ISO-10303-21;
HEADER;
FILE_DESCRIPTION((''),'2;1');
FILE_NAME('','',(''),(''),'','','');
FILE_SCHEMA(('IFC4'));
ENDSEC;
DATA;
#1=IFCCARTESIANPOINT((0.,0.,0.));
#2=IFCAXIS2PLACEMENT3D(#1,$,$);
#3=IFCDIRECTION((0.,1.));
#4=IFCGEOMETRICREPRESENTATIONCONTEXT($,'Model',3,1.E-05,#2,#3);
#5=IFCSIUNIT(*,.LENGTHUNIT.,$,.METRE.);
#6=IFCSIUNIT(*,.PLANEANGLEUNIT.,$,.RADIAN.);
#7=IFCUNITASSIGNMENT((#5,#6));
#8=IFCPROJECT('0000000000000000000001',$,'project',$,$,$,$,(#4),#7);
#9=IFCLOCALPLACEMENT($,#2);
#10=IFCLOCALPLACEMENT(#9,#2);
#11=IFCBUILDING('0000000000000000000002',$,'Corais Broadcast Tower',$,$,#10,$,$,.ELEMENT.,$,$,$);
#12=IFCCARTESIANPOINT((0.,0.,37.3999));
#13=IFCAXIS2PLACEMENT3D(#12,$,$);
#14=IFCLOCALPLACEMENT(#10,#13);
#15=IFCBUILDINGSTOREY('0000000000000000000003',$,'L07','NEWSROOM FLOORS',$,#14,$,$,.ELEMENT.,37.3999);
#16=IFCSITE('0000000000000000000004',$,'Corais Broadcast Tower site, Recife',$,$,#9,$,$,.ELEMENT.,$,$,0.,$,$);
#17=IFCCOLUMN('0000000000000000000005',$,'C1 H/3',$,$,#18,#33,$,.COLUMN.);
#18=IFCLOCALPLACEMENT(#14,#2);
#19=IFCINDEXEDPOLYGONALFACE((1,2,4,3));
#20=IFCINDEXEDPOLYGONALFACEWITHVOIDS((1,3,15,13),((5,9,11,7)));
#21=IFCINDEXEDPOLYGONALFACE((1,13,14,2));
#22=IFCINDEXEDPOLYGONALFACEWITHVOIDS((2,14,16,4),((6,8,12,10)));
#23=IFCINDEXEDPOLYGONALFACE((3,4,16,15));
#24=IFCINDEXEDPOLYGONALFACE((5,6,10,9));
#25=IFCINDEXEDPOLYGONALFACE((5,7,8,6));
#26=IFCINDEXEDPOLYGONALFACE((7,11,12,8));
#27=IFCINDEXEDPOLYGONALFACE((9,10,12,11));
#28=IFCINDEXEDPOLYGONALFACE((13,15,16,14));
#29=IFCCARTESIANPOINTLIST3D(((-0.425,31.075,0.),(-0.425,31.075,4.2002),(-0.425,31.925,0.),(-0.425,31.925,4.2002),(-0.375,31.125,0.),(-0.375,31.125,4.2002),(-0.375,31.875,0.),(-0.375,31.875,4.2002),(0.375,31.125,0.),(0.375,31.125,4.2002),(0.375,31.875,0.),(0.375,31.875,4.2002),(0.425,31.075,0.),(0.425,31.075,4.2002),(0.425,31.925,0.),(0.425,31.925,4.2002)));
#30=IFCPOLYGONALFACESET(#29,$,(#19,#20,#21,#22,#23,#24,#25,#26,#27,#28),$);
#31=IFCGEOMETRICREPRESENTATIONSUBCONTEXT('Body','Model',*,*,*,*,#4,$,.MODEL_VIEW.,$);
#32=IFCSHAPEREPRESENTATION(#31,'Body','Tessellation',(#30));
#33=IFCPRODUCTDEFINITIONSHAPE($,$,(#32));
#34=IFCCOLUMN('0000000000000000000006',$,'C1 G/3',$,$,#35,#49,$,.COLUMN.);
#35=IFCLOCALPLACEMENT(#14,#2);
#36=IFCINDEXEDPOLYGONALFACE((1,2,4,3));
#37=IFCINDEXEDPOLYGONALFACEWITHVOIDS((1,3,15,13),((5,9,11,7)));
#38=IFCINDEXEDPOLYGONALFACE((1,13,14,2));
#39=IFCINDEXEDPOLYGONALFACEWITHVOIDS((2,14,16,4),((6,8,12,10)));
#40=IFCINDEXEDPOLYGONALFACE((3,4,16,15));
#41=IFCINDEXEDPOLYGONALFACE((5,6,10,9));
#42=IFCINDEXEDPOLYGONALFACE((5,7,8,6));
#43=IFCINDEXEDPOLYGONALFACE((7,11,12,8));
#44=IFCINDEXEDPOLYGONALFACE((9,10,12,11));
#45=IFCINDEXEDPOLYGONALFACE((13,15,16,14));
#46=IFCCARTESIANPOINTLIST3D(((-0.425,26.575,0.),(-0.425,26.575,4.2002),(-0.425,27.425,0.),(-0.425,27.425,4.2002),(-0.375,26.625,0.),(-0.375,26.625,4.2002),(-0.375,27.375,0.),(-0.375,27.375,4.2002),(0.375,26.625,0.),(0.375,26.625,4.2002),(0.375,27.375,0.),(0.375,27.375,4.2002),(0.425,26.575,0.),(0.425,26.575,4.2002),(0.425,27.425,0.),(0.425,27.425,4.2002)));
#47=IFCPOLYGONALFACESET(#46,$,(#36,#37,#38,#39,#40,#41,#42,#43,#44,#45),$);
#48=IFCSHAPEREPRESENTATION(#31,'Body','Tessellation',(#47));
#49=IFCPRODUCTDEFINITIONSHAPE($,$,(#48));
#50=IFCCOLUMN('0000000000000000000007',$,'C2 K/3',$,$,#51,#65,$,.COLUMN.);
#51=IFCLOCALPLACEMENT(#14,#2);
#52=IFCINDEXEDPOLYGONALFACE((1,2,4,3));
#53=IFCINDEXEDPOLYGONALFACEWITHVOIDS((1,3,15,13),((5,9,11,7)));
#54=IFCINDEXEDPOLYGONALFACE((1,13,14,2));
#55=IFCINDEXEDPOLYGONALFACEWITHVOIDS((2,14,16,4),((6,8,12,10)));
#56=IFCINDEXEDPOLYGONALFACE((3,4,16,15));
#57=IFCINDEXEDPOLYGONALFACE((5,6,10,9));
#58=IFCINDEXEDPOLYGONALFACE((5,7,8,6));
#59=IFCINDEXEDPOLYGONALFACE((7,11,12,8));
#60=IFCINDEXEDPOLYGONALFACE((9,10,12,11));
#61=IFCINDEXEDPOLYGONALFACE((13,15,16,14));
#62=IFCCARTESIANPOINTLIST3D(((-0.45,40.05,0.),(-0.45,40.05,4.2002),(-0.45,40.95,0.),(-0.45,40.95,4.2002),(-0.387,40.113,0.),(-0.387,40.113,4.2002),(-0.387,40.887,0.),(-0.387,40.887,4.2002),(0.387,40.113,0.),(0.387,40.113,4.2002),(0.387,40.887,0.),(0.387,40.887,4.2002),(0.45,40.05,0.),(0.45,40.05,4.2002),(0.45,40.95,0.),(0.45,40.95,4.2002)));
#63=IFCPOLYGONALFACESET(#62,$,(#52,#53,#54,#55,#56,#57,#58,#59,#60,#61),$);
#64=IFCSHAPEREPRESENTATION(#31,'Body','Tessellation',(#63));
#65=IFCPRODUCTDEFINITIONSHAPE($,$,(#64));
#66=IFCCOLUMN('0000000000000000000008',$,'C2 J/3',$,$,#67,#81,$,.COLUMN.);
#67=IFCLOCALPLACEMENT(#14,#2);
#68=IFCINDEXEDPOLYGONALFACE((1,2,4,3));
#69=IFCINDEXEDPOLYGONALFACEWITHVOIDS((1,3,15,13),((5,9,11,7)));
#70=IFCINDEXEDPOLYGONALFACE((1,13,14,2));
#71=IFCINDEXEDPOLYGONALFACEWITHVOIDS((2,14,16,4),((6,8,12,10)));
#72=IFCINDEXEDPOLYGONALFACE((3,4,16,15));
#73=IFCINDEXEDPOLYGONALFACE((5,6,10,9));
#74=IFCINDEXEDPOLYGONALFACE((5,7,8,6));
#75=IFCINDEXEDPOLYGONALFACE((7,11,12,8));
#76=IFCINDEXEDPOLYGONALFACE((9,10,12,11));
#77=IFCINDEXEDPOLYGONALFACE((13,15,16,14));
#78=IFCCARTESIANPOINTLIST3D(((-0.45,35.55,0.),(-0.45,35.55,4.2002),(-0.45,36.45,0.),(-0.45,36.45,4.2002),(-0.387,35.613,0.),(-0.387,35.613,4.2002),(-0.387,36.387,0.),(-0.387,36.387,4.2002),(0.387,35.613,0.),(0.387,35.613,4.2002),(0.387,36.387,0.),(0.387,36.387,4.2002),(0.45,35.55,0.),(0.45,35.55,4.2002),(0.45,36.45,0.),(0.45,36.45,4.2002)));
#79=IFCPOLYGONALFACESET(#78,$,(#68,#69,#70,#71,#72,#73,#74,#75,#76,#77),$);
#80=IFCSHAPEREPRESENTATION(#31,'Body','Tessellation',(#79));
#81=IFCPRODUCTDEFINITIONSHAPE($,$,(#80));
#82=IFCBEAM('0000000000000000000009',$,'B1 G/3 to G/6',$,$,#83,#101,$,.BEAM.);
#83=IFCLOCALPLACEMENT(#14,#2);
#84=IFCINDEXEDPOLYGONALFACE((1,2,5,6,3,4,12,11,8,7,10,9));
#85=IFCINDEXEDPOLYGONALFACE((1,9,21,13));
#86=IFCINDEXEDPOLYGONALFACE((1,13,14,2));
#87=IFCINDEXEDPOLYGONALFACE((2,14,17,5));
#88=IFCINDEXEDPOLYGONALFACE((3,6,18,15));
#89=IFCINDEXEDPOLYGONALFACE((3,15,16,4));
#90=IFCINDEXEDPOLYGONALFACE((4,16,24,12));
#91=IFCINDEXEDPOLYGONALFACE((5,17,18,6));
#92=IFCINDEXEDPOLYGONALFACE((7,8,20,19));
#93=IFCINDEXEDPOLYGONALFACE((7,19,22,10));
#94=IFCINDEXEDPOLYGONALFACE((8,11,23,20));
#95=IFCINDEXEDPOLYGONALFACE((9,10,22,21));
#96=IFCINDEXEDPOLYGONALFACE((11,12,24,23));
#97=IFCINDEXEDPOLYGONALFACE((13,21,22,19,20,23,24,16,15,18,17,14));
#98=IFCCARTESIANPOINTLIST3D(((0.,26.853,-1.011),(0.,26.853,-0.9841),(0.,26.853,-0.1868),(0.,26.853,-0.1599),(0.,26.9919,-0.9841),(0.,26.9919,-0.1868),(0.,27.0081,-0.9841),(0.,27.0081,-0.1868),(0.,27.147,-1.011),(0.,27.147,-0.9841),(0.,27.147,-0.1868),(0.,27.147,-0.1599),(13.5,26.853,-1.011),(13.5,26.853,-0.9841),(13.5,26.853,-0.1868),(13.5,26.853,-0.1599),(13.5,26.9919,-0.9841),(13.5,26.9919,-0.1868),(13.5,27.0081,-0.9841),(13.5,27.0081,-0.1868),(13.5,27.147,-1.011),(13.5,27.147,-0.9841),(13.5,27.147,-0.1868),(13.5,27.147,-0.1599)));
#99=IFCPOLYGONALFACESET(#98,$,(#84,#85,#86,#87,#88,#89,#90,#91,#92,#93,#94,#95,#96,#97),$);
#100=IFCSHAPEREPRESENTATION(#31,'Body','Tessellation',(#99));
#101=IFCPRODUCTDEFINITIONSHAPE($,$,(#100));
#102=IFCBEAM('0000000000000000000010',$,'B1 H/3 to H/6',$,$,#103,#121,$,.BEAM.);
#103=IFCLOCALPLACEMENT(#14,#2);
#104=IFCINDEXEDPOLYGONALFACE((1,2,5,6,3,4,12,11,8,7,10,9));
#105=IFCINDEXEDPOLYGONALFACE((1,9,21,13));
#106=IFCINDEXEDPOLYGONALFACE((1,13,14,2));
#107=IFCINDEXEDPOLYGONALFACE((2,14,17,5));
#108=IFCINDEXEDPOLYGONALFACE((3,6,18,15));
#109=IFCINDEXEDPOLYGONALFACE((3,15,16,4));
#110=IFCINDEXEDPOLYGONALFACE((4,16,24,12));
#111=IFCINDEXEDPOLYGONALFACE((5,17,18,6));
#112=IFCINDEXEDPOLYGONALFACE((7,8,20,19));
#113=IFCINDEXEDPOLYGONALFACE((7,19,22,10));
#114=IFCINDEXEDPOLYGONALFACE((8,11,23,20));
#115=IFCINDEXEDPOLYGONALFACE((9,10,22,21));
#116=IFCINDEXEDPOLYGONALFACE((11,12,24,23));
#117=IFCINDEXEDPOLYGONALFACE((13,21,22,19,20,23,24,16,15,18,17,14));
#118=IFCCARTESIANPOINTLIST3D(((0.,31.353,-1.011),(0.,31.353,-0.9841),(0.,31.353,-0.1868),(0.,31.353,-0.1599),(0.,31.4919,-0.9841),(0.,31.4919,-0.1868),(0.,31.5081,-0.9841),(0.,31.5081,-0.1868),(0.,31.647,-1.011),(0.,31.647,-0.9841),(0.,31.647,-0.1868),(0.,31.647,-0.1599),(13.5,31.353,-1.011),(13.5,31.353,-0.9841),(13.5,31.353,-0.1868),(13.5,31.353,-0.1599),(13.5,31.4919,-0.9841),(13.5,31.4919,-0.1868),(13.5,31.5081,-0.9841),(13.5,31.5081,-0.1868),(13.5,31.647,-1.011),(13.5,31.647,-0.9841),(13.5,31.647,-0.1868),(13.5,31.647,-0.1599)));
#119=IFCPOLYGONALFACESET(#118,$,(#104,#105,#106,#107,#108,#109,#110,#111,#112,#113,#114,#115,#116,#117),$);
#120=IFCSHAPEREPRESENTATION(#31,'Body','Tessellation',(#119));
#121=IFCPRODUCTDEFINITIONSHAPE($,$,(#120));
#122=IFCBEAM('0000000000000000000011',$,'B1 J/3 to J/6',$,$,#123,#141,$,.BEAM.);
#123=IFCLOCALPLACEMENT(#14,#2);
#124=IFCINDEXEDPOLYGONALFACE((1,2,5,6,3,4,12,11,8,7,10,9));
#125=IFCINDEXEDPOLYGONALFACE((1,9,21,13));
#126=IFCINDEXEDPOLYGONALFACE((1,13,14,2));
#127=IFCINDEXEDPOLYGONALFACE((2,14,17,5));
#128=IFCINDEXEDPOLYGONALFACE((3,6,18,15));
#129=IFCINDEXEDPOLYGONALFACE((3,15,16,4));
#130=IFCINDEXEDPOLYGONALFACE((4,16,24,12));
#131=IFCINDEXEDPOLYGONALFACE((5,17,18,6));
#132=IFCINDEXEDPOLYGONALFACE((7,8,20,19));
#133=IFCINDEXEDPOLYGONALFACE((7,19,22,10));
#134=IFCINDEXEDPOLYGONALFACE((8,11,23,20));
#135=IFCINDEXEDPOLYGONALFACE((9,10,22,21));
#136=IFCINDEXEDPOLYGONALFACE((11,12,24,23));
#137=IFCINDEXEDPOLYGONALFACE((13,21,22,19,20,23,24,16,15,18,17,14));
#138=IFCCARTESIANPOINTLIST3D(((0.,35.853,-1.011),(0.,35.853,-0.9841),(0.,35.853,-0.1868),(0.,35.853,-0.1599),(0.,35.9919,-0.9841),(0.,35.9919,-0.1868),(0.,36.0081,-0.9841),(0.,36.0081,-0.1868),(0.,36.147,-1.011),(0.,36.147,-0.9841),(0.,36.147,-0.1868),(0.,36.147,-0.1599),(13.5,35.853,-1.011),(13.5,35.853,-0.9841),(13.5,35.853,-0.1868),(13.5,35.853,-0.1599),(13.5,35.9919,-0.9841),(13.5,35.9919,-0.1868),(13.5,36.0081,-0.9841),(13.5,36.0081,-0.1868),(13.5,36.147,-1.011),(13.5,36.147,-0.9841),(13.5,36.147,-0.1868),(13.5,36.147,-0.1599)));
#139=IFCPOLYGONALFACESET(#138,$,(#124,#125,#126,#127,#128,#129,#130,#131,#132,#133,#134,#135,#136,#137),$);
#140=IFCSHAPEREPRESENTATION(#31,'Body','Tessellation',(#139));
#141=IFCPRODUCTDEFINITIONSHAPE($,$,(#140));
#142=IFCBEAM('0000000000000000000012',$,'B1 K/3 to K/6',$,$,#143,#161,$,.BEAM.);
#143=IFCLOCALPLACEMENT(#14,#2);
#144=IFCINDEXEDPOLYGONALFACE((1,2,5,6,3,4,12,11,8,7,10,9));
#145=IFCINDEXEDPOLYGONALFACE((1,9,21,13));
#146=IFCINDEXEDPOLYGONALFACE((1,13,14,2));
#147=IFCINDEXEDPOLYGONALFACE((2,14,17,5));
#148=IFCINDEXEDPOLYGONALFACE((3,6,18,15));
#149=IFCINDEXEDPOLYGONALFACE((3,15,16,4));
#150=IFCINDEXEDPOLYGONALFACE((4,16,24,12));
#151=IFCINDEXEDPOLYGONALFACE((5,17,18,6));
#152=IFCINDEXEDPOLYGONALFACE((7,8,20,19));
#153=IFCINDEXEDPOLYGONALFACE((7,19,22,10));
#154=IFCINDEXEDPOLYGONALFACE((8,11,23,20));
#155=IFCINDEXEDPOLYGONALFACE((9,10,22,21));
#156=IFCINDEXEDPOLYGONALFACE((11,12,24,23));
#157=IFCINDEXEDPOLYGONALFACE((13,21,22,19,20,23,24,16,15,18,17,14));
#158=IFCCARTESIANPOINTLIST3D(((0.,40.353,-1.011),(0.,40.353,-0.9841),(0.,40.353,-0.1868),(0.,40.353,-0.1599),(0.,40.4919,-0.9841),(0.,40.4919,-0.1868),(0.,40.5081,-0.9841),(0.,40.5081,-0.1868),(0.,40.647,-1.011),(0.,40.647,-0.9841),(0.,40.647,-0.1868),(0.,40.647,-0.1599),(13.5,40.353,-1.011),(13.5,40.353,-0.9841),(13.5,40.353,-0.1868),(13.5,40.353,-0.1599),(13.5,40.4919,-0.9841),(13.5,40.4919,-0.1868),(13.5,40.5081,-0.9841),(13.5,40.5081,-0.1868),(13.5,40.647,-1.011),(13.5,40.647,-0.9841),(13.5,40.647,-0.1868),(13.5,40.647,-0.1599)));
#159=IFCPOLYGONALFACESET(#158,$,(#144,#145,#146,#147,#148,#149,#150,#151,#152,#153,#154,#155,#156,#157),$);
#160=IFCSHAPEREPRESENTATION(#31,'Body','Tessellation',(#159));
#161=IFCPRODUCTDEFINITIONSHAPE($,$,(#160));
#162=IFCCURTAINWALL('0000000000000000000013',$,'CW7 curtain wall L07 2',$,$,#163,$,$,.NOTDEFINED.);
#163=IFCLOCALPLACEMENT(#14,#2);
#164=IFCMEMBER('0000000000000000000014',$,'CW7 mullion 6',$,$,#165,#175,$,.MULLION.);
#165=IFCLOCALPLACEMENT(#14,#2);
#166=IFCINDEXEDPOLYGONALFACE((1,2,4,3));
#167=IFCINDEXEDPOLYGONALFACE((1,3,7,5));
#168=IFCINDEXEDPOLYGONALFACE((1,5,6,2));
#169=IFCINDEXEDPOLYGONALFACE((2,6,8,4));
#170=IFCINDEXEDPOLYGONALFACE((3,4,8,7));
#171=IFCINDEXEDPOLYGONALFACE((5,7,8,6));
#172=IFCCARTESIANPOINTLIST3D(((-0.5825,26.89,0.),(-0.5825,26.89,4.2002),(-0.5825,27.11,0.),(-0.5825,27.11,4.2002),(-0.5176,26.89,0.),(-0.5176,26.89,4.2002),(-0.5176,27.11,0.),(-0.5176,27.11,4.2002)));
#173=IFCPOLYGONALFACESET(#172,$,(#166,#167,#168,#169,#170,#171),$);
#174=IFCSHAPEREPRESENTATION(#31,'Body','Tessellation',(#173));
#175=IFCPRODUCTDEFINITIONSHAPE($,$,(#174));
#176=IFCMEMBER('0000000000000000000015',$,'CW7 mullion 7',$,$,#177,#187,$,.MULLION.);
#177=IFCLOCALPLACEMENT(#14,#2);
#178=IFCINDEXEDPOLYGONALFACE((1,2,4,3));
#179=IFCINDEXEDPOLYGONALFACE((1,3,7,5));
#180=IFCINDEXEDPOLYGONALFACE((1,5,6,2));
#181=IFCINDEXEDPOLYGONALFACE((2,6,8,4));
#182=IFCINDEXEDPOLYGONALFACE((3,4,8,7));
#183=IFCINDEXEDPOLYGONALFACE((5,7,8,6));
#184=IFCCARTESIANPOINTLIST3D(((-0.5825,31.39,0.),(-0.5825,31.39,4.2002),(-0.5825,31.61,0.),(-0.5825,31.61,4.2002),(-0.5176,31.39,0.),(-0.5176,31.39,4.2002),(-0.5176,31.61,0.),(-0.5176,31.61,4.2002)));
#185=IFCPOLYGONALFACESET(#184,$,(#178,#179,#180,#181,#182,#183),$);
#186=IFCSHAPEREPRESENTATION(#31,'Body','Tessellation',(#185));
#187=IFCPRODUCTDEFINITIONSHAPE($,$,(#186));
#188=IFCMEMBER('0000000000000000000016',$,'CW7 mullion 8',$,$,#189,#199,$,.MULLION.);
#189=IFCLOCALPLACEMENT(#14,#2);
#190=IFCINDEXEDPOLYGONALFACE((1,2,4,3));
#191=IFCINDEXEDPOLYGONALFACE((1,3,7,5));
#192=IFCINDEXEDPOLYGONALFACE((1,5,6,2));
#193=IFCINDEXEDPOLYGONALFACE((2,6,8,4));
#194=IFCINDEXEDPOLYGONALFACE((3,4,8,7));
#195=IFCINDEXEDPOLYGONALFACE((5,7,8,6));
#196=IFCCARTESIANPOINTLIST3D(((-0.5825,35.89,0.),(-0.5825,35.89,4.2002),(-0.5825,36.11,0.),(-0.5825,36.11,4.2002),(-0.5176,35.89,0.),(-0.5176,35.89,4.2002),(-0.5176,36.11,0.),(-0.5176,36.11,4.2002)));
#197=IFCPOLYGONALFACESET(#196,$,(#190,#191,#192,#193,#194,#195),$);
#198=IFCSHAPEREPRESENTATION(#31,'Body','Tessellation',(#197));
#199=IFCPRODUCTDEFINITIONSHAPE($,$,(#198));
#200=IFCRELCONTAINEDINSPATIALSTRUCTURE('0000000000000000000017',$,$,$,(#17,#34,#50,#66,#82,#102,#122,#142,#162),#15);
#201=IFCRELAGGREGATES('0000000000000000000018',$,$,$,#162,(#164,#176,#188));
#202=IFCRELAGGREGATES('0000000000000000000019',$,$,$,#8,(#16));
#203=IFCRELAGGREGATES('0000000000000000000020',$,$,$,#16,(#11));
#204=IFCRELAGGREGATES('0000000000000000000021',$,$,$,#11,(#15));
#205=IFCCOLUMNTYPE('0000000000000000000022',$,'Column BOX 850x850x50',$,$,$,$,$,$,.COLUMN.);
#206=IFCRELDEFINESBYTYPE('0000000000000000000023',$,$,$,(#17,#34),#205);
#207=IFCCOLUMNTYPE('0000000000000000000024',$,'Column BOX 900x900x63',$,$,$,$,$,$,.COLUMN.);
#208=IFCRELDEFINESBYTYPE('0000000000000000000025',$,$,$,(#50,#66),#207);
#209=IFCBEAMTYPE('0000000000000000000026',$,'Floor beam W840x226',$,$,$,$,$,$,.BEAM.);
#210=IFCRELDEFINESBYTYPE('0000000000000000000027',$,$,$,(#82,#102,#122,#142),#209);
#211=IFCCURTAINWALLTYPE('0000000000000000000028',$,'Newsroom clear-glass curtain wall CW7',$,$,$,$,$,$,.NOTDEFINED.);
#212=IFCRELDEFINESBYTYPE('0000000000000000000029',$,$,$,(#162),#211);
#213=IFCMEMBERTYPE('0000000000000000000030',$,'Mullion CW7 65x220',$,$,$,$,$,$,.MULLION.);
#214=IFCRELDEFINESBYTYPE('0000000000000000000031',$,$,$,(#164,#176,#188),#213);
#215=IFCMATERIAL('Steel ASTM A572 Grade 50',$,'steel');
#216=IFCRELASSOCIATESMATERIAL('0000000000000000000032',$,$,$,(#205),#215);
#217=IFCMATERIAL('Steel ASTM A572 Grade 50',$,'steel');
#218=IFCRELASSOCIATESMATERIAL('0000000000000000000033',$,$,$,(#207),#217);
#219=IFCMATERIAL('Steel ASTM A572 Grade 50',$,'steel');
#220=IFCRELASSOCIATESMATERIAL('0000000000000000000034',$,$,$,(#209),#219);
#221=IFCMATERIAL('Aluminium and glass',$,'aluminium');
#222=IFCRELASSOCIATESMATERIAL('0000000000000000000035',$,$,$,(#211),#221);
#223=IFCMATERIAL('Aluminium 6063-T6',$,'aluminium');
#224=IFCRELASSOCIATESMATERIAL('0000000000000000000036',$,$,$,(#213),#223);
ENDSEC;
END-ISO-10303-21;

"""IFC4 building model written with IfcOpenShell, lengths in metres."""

from ifc_helpers import new_model, si_unit, direction, frame, origin, origin_2d, place, context, subcontext, project, spatial, rectangle, hollow_rectangle, i_section, extrude, material, material_profile, profile_set, type_object, element, aggregate, save


model = new_model("IFC4")

# Units and contexts
model_context = context("Model", 3, precision=1e-05, world=origin(), true_north=direction((0.0, 1.0)))
body_context = subcontext(model_context, "Body", "Model", "MODEL_VIEW")
ifc_project = project(units=[si_unit("LENGTHUNIT", "METRE"), si_unit("PLANEANGLEUNIT", "RADIAN")], contexts=[model_context])

# Site, building, storey
site_placement = place(None, origin())
site = spatial("IfcSite", under=ifc_project, at=site_placement, Name="Corais Broadcast Tower site, Recife", CompositionType="ELEMENT", RefElevation=0.0)
building_placement = place(site_placement, origin())
building = spatial("IfcBuilding", under=site, at=building_placement, Name="Corais Broadcast Tower", CompositionType="ELEMENT")
storey_placement = place(building_placement, frame((0.0, 0.0, 37.3999)))
storey = spatial("IfcBuildingStorey", under=building, at=storey_placement, Name="L07", Description="NEWSROOM FLOORS", CompositionType="ELEMENT", Elevation=37.3999)

# Columns
ifc_material_1 = material(Name="Steel ASTM A572 Grade 50", Category="steel")
ifc_material_profile_1 = material_profile(ifc_material_1, hollow_rectangle(XDim=0.8501, YDim=0.8501, WallThickness=0.05, at=origin_2d()), Name="BOX 850x850x50")
ifc_profile_set_1 = profile_set([ifc_material_profile_1], Name="Steel ASTM A572 Grade 50")
column_type_1 = type_object("IfcColumnType", Name="Column BOX 850x850x50", PredefinedType="COLUMN", material=ifc_profile_set_1)
for number, where, z_axis, x_axis, name in (
    (1, (0.0, 31.5, 0.0), (0.0, 0.0, 1.0), (1.0, 0.0, 0.0), "C1 H/3"),
    (2, (0.0, 27.0, 0.0), (0.0, 0.0, 1.0), (1.0, 0.0, 0.0), "C1 G/3"),
):
    element("IfcColumn", number, at=place(storey_placement, frame(where, z_axis=z_axis, x_axis=x_axis)), inside=storey, type_object=column_type_1, Name=name, PredefinedType="COLUMN", context=body_context, shape_type="SweptSolid", body=[
        extrude(hollow_rectangle(XDim=0.8501, YDim=0.8501, WallThickness=0.05, at=origin_2d()), origin(), (0.0, 0.0, 1.0), 4.2002),
    ])
ifc_material_2 = material(Name="Steel ASTM A572 Grade 50", Category="steel")
ifc_material_profile_2 = material_profile(ifc_material_2, hollow_rectangle(XDim=0.8999, YDim=0.8999, WallThickness=0.063, at=origin_2d()), Name="BOX 900x900x63")
ifc_profile_set_2 = profile_set([ifc_material_profile_2], Name="Steel ASTM A572 Grade 50")
column_type_2 = type_object("IfcColumnType", Name="Column BOX 900x900x63", PredefinedType="COLUMN", material=ifc_profile_set_2)
for number, where, z_axis, x_axis, name in (
    (3, (0.0, 40.5, 0.0), (0.0, 0.0, 1.0), (1.0, 0.0, 0.0), "C2 K/3"),
    (4, (0.0, 36.0, 0.0), (0.0, 0.0, 1.0), (1.0, 0.0, 0.0), "C2 J/3"),
):
    element("IfcColumn", number, at=place(storey_placement, frame(where, z_axis=z_axis, x_axis=x_axis)), inside=storey, type_object=column_type_2, Name=name, PredefinedType="COLUMN", context=body_context, shape_type="SweptSolid", body=[
        extrude(hollow_rectangle(XDim=0.8999, YDim=0.8999, WallThickness=0.063, at=origin_2d()), origin(), (0.0, 0.0, 1.0), 4.2002),
    ])

# Beams
ifc_material_3 = material(Name="Steel ASTM A572 Grade 50", Category="steel")
ifc_material_profile_3 = material_profile(ifc_material_3, i_section(OverallWidth=0.2939, OverallDepth=0.8511, WebThickness=0.0161, FlangeThickness=0.0269, at=origin_2d()), Name="W840x226")
ifc_profile_set_3 = profile_set([ifc_material_profile_3], Name="Steel ASTM A572 Grade 50")
beam_type_1 = type_object("IfcBeamType", Name="Floor beam W840x226", PredefinedType="BEAM", material=ifc_profile_set_3)
for number, where, z_axis, x_axis, name in (
    (5, (0.0, 27.0, -0.5854), (1.0, 0.0, 0.0), (0.0, 1.0, 0.0), "B1 G/3 to G/6"),
    (6, (0.0, 31.5, -0.5854), (1.0, 0.0, 0.0), (0.0, 1.0, 0.0), "B1 H/3 to H/6"),
    (7, (0.0, 36.0, -0.5854), (1.0, 0.0, 0.0), (0.0, 1.0, 0.0), "B1 J/3 to J/6"),
    (8, (0.0, 40.5, -0.5854), (1.0, 0.0, 0.0), (0.0, 1.0, 0.0), "B1 K/3 to K/6"),
):
    element("IfcBeam", number, at=place(storey_placement, frame(where, z_axis=z_axis, x_axis=x_axis)), inside=storey, type_object=beam_type_1, Name=name, PredefinedType="BEAM", context=body_context, shape_type="SweptSolid", body=[
        extrude(i_section(OverallWidth=0.2939, OverallDepth=0.8511, WebThickness=0.0161, FlangeThickness=0.0269, at=origin_2d()), origin(), (0.0, 0.0, 1.0), 13.5),
    ])

# Curtain wall, members
ifc_material_4 = material(Name="Aluminium and glass", Category="aluminium")
curtain_wall_type = type_object("IfcCurtainWallType", Name="Newsroom clear-glass curtain wall CW7", PredefinedType="NOTDEFINED", material=ifc_material_4)
curtain_wall_placement = place(storey_placement, origin())
curtain_wall = element("IfcCurtainWall", 9, at=curtain_wall_placement, inside=storey, type_object=curtain_wall_type, Name="CW7 curtain wall L07 2", PredefinedType="NOTDEFINED")
ifc_material_5 = material(Name="Aluminium 6063-T6", Category="aluminium")
ifc_material_profile_4 = material_profile(ifc_material_5, rectangle(XDim=0.0649, YDim=0.22, at=origin_2d()), Name="Mullion CW7 65x220")
ifc_profile_set_4 = profile_set([ifc_material_profile_4], Name="Aluminium 6063-T6")
member_type_1 = type_object("IfcMemberType", Name="Mullion CW7 65x220", PredefinedType="MULLION", material=ifc_profile_set_4)
member_1_placement = place(storey_placement, frame((-0.55, 27.0, 0.0), z_axis=(0.0, 0.0, 1.0), x_axis=(-1.0, 0.0, 0.0)))
member_1 = element("IfcMember", 10, at=member_1_placement, type_object=member_type_1, Name="CW7 mullion 6", PredefinedType="MULLION", context=body_context, shape_type="SweptSolid", body=[
    extrude(rectangle(XDim=0.0649, YDim=0.22, at=origin_2d()), origin(), (0.0, 0.0, 1.0), 4.2002),
])
member_2_placement = place(storey_placement, frame((-0.55, 31.5, 0.0), z_axis=(0.0, 0.0, 1.0), x_axis=(-1.0, 0.0, 0.0)))
member_2 = element("IfcMember", 11, at=member_2_placement, type_object=member_type_1, Name="CW7 mullion 7", PredefinedType="MULLION", context=body_context, shape_type="SweptSolid", body=[
    extrude(rectangle(XDim=0.0649, YDim=0.22, at=origin_2d()), origin(), (0.0, 0.0, 1.0), 4.2002),
])
member_3_placement = place(storey_placement, frame((-0.55, 36.0, 0.0), z_axis=(0.0, 0.0, 1.0), x_axis=(-1.0, 0.0, 0.0)))
member_3 = element("IfcMember", 12, at=member_3_placement, type_object=member_type_1, Name="CW7 mullion 8", PredefinedType="MULLION", context=body_context, shape_type="SweptSolid", body=[
    extrude(rectangle(XDim=0.0649, YDim=0.22, at=origin_2d()), origin(), (0.0, 0.0, 1.0), 4.2002),
])

aggregate(curtain_wall, [member_1, member_2, member_3])

save(model, "model.ifc")
